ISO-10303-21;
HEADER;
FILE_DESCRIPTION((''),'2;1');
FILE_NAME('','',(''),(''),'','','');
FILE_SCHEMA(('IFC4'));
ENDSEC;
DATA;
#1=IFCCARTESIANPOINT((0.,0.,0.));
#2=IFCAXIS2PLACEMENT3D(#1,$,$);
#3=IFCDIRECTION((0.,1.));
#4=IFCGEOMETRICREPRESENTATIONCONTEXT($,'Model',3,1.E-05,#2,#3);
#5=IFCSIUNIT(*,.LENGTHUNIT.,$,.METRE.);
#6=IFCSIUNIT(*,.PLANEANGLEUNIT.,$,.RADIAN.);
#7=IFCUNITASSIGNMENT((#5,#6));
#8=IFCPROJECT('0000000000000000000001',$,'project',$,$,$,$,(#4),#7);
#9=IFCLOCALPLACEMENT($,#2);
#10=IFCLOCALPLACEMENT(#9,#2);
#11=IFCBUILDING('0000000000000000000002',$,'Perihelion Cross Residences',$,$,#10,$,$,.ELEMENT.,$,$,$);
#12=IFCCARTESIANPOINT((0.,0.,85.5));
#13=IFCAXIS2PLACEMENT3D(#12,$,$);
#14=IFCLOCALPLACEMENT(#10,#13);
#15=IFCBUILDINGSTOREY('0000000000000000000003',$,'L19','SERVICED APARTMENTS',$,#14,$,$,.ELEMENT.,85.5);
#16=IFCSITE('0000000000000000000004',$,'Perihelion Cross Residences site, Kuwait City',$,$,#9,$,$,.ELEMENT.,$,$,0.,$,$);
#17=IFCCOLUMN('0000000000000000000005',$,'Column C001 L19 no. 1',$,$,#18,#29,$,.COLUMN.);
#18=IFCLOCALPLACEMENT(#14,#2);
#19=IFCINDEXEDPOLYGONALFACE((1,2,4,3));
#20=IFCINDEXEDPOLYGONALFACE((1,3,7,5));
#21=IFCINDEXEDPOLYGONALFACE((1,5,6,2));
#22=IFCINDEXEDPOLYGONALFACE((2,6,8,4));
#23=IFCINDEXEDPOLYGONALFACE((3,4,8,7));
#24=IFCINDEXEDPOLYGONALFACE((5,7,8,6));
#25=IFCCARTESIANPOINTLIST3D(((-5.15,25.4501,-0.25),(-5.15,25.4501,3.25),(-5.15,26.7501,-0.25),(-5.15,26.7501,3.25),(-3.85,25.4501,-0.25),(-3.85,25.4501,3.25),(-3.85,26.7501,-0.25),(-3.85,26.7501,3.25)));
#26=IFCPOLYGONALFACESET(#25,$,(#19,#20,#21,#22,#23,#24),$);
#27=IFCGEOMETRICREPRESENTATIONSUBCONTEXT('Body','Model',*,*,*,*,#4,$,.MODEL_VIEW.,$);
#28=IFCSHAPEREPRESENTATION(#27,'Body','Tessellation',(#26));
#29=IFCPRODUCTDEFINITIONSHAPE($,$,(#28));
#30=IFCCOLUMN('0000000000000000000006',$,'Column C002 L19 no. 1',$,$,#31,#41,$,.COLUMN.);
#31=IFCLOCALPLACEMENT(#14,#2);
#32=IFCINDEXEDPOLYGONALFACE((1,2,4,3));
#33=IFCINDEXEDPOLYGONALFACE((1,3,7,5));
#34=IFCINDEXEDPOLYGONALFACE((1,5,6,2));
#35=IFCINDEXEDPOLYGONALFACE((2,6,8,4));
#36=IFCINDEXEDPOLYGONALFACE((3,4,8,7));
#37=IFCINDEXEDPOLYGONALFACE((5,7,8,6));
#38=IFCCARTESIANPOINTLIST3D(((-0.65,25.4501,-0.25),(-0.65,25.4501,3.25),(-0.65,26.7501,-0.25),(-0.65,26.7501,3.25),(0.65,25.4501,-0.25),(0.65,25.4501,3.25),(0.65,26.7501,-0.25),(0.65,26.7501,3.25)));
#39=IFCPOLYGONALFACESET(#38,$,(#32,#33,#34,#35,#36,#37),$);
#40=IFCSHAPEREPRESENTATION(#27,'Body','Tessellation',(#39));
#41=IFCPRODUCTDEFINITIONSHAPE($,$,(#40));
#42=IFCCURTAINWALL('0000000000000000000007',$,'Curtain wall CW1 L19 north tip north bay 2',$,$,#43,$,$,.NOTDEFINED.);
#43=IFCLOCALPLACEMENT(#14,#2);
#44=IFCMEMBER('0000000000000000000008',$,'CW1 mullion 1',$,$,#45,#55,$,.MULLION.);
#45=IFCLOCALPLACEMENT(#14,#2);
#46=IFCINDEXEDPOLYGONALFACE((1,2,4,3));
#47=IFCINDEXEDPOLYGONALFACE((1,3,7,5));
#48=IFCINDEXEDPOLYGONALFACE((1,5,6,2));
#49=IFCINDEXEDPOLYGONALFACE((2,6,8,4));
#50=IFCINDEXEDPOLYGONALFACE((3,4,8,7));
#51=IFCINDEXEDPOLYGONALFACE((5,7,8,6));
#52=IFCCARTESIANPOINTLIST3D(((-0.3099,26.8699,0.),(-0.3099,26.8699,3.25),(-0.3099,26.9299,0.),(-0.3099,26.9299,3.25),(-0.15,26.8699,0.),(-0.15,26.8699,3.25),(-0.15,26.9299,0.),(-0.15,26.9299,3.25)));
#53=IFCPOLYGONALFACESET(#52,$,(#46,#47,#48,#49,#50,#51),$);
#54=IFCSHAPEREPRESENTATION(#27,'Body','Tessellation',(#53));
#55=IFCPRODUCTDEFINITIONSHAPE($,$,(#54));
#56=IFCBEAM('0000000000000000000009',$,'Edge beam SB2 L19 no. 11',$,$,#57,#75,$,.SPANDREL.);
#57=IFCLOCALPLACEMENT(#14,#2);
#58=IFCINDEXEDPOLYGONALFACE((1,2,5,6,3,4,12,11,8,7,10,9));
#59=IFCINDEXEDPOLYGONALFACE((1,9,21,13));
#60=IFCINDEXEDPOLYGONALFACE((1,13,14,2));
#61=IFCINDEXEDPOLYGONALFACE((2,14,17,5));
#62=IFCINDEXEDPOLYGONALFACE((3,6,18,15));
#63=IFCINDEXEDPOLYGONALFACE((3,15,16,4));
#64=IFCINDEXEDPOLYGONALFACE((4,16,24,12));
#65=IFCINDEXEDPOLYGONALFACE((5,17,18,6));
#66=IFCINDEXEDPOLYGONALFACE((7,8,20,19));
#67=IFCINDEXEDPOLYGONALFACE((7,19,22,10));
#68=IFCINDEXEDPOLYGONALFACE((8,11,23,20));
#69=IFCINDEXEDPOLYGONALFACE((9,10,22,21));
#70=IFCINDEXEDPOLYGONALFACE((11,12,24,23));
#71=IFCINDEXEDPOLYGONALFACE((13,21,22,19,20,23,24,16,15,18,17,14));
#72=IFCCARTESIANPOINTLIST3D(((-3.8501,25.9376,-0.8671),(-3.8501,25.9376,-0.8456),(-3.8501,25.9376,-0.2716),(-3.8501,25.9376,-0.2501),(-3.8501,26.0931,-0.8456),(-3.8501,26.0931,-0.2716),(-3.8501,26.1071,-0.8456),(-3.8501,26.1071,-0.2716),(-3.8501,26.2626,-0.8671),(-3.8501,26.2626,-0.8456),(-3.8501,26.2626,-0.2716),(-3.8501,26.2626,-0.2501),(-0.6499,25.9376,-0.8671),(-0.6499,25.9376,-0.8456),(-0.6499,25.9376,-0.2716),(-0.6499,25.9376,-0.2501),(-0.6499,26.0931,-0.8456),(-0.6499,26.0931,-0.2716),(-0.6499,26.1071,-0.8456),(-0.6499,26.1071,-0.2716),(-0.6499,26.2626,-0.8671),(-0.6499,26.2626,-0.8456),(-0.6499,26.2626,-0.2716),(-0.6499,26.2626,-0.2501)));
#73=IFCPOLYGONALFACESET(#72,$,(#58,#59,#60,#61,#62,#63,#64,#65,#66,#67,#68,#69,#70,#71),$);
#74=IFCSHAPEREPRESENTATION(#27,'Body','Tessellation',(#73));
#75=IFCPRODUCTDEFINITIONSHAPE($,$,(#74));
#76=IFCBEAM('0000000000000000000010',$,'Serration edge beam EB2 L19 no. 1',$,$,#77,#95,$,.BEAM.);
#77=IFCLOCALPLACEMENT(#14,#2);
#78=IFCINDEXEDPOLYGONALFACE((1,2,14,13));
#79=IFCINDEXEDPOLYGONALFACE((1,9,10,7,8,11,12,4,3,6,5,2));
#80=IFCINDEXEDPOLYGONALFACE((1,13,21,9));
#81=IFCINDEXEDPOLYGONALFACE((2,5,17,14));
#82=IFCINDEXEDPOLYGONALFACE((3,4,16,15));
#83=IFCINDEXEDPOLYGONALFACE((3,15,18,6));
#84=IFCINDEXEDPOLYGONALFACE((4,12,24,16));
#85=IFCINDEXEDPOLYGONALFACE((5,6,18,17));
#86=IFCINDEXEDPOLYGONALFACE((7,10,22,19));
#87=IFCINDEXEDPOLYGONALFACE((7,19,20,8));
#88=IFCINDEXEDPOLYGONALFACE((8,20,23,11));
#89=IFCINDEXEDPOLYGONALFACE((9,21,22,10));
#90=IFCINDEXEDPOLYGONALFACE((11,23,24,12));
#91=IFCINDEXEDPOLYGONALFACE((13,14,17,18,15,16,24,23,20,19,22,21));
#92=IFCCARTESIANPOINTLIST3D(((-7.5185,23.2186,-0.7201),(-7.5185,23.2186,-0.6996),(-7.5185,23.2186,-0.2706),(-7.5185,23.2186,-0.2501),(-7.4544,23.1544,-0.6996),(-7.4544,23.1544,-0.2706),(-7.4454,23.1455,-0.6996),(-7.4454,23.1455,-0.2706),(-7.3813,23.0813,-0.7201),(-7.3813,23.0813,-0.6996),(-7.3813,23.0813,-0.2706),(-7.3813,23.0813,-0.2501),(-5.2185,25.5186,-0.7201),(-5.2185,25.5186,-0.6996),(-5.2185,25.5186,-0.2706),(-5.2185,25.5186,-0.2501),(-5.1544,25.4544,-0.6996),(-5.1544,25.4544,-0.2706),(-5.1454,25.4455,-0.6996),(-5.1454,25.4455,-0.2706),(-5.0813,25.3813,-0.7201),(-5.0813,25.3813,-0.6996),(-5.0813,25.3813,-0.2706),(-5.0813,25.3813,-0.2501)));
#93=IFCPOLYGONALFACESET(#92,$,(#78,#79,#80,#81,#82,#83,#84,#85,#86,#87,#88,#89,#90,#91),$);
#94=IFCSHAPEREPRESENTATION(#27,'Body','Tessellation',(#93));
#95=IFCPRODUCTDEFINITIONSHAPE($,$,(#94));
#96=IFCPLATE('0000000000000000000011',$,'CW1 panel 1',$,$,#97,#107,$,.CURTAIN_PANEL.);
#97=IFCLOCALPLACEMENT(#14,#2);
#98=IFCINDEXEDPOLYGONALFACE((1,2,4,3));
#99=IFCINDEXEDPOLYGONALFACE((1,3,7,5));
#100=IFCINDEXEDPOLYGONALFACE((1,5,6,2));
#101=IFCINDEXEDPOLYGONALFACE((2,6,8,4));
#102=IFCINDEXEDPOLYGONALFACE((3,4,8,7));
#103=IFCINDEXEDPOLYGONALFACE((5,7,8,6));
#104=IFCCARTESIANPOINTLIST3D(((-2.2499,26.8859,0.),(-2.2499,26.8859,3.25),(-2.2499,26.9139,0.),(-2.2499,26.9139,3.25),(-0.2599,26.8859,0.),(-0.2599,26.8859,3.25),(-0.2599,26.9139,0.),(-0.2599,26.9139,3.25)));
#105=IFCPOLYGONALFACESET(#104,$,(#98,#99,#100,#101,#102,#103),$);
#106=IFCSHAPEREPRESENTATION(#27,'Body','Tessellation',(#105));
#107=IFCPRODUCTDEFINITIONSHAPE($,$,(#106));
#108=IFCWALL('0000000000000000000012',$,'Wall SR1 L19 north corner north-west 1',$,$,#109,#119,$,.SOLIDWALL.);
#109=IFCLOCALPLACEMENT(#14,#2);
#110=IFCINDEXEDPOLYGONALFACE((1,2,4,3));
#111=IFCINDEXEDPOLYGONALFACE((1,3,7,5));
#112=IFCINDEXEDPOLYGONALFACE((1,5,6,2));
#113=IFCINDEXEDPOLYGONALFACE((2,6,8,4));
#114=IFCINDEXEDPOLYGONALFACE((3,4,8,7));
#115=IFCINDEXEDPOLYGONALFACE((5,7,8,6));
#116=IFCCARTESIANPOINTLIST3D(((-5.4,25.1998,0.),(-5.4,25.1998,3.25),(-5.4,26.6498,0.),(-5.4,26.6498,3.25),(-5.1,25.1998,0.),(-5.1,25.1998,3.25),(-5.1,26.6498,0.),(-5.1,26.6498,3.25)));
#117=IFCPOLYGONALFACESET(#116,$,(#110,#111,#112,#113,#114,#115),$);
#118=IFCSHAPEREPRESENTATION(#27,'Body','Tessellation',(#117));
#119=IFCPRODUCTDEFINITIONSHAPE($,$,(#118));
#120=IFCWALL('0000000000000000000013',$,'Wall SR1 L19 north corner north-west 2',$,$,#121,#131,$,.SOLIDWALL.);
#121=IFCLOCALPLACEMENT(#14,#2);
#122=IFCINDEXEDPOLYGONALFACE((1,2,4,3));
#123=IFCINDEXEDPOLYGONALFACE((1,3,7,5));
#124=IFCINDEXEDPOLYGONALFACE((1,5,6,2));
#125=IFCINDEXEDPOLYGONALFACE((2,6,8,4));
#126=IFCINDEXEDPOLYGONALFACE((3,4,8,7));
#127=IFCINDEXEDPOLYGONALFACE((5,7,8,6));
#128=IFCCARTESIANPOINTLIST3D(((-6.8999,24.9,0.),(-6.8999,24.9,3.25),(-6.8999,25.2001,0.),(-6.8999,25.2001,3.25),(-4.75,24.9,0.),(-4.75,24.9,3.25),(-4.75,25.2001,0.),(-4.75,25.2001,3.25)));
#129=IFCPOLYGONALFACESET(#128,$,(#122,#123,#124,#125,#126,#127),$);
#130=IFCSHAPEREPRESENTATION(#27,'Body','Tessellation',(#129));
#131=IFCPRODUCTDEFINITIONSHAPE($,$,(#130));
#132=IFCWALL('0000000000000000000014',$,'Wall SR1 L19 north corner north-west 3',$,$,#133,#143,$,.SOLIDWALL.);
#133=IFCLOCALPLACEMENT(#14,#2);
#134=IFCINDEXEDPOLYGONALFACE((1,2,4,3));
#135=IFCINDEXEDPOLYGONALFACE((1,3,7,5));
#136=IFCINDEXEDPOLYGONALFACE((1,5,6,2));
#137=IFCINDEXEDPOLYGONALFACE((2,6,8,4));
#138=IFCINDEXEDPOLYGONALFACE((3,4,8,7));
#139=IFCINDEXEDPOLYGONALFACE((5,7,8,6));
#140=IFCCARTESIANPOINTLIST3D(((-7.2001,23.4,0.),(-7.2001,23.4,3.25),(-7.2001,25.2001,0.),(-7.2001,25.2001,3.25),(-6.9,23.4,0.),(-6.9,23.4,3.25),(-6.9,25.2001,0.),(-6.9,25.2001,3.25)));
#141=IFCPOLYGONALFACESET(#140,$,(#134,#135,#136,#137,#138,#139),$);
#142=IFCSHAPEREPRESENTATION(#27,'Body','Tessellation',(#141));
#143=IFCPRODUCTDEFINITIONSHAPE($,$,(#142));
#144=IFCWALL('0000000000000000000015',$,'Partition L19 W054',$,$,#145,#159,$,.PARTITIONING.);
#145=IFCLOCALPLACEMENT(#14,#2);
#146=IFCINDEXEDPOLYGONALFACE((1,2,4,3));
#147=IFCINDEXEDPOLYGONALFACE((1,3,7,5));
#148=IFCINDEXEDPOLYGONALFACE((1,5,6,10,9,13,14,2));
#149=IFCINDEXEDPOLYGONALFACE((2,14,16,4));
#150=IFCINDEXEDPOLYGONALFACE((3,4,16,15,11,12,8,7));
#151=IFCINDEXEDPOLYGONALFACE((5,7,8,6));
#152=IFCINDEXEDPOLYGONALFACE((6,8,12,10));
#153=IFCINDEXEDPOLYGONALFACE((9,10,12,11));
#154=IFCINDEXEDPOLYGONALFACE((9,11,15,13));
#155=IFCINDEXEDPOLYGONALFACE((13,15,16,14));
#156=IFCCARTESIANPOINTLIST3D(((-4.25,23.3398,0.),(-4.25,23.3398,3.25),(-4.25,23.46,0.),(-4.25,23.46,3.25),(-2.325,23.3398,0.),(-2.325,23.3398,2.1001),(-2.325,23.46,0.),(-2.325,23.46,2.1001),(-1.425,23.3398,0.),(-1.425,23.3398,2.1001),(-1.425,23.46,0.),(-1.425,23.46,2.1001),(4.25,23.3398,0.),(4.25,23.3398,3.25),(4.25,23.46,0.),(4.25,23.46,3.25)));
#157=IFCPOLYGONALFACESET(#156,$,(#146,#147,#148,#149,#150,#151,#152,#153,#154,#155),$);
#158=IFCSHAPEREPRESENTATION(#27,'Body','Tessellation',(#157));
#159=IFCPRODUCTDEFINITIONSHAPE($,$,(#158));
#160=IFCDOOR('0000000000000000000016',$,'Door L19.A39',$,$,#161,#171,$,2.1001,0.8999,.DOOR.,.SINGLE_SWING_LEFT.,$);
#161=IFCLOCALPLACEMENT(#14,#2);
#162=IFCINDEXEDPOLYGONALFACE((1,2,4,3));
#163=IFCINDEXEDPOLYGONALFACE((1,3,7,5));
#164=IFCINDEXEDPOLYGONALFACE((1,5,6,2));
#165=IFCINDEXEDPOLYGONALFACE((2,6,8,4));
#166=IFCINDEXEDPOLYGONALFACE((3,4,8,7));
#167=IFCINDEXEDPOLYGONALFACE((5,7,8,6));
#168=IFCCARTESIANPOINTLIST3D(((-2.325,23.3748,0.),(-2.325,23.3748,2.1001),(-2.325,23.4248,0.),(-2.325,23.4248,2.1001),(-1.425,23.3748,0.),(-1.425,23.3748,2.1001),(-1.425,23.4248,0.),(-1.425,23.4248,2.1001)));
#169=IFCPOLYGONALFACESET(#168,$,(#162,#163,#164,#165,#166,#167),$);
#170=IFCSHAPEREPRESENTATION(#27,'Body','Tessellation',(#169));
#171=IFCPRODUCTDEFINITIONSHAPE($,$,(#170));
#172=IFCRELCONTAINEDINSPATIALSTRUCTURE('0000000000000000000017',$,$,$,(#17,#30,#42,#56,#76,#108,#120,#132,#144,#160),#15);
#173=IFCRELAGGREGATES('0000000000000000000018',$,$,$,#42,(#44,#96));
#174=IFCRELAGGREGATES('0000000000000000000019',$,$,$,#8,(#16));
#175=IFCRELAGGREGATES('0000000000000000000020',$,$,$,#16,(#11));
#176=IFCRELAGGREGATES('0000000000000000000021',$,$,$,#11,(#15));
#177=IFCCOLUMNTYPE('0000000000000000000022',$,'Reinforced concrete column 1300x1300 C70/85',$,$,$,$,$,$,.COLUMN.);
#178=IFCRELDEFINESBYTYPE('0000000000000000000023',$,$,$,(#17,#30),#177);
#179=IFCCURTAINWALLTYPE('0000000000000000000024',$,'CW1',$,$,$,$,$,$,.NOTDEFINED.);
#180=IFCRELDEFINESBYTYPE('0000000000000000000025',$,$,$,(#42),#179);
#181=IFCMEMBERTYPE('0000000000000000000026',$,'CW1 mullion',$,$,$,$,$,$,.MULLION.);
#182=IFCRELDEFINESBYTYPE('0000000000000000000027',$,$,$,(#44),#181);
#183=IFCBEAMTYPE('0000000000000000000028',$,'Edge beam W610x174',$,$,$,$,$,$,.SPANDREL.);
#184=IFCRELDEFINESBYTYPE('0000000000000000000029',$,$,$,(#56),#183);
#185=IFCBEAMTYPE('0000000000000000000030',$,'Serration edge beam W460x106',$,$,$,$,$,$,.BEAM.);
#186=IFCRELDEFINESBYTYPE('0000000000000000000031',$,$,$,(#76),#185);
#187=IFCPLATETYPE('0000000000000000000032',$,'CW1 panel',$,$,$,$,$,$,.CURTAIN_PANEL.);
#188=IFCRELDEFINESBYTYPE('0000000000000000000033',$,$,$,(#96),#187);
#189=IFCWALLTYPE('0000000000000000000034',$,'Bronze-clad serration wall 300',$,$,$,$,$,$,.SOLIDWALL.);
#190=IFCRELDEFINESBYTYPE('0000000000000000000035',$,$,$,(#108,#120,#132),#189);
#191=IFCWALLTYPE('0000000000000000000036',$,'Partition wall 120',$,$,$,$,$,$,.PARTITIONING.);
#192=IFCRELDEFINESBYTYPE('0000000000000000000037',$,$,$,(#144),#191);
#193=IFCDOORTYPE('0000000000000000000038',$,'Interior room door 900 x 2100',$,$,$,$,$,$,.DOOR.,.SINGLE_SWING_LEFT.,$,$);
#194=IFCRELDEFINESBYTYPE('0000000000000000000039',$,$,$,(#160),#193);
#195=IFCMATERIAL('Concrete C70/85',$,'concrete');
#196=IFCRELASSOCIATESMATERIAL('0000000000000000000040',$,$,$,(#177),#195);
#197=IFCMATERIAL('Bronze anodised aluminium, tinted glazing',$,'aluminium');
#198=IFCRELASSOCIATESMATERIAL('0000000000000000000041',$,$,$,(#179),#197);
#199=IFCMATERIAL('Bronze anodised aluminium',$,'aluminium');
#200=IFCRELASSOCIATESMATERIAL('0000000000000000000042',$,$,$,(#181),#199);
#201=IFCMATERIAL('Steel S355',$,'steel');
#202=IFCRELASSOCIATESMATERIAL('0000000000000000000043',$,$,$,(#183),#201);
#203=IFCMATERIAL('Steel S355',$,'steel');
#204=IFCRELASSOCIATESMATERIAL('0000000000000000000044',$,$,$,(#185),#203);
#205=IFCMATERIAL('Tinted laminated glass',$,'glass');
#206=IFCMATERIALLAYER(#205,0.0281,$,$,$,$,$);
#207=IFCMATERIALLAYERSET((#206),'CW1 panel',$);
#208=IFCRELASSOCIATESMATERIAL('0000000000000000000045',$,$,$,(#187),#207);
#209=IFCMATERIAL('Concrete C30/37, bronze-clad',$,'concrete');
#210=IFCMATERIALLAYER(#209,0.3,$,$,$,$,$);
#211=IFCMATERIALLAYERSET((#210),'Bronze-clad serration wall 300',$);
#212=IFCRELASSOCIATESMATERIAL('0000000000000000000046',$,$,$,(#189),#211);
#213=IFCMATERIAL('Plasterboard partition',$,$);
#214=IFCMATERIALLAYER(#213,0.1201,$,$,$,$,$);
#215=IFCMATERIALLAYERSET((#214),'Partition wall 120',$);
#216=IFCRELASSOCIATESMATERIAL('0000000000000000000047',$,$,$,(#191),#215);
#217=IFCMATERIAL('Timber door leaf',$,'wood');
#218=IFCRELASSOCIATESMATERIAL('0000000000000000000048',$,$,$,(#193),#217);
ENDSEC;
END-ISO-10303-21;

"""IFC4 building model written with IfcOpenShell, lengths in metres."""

from ifc_helpers import new_model, si_unit, direction, frame, frame_2d, origin, origin_2d, place, context, subcontext, project, spatial, rectangle, i_section, extrude, material, layer, layer_set, material_profile, profile_set, type_object, element, fill, aggregate, save


model = new_model("IFC4")

# Units and contexts
model_context = context("Model", 3, precision=1e-05, world=origin(), true_north=direction((0.0, 1.0)))
body_context = subcontext(model_context, "Body", "Model", "MODEL_VIEW")
ifc_project = project(units=[si_unit("LENGTHUNIT", "METRE"), si_unit("PLANEANGLEUNIT", "RADIAN")], contexts=[model_context])

# Site, building, storey
site_placement = place(None, origin())
site = spatial("IfcSite", under=ifc_project, at=site_placement, Name="Perihelion Cross Residences site, Kuwait City", CompositionType="ELEMENT", RefElevation=0.0)
building_placement = place(site_placement, origin())
building = spatial("IfcBuilding", under=site, at=building_placement, Name="Perihelion Cross Residences", CompositionType="ELEMENT")
storey_placement = place(building_placement, frame((0.0, 0.0, 85.5)))
storey = spatial("IfcBuildingStorey", under=building, at=storey_placement, Name="L19", Description="SERVICED APARTMENTS", CompositionType="ELEMENT", Elevation=85.5)

# Columns
ifc_material_1 = material(Name="Concrete C70/85", Category="concrete")
ifc_material_profile_1 = material_profile(ifc_material_1, rectangle(XDim=1.3, YDim=1.3, at=origin_2d()), Name="RC 1300x1300")
ifc_profile_set_1 = profile_set([ifc_material_profile_1], Name="Concrete C70/85")
column_type = type_object("IfcColumnType", Name="Reinforced concrete column 1300x1300 C70/85", PredefinedType="COLUMN", material=ifc_profile_set_1)
for number, where, z_axis, x_axis, name in (
    (1, (-4.5, 26.1001, -0.25), (0.0, 0.0, 1.0), (1.0, 0.0, 0.0), "Column C001 L19 no. 1"),
    (2, (0.0, 26.1001, -0.25), (0.0, 0.0, 1.0), (1.0, 0.0, 0.0), "Column C002 L19 no. 1"),
):
    element("IfcColumn", number, at=place(storey_placement, frame(where, z_axis=z_axis, x_axis=x_axis)), inside=storey, type_object=column_type, Name=name, PredefinedType="COLUMN", context=body_context, shape_type="SweptSolid", body=[
        extrude(rectangle(XDim=1.3, YDim=1.3, at=origin_2d()), origin(), (0.0, 0.0, 1.0), 3.5),
    ])

# Curtain wall, member
ifc_material_2 = material(Name="Bronze anodised aluminium, tinted glazing", Category="aluminium")
curtain_wall_type = type_object("IfcCurtainWallType", Name="CW1", PredefinedType="NOTDEFINED", material=ifc_material_2)
curtain_wall_placement = place(storey_placement, origin())
curtain_wall = element("IfcCurtainWall", 3, at=curtain_wall_placement, inside=storey, type_object=curtain_wall_type, Name="Curtain wall CW1 L19 north tip north bay 2", PredefinedType="NOTDEFINED")
ifc_material_3 = material(Name="Bronze anodised aluminium", Category="aluminium")
ifc_material_profile_2 = material_profile(ifc_material_3, rectangle(XDim=0.0601, YDim=0.1599, at=origin_2d()), Name="CW1 mullion")
ifc_profile_set_2 = profile_set([ifc_material_profile_2], Name="Bronze anodised aluminium")
member_type = type_object("IfcMemberType", Name="CW1 mullion", PredefinedType="MULLION", material=ifc_profile_set_2)
member_placement = place(storey_placement, frame((-0.23, 26.8999, 0.0), z_axis=(0.0, 0.0, 1.0), x_axis=(0.0, -1.0, 0.0)))
member = element("IfcMember", 4, at=member_placement, type_object=member_type, Name="CW1 mullion 1", PredefinedType="MULLION", context=body_context, shape_type="SweptSolid", body=[
    extrude(rectangle(XDim=0.0601, YDim=0.1599, at=origin_2d()), origin(), (0.0, 0.0, 1.0), 3.25),
])

# Beams
ifc_material_4 = material(Name="Steel S355", Category="steel")
ifc_material_profile_3 = material_profile(ifc_material_4, i_section(OverallWidth=0.325, OverallDepth=0.6169, WebThickness=0.0139, FlangeThickness=0.0215, at=origin_2d()), Name="W610x174")
ifc_profile_set_3 = profile_set([ifc_material_profile_3], Name="Steel S355")
beam_type_1 = type_object("IfcBeamType", Name="Edge beam W610x174", PredefinedType="SPANDREL", material=ifc_profile_set_3)
beam_1_placement = place(storey_placement, frame((-0.6499, 26.1001, -0.5586), z_axis=(-1.0, 0.0, 0.0), x_axis=(0.0, -1.0, 0.0)))
element("IfcBeam", 5, at=beam_1_placement, inside=storey, type_object=beam_type_1, Name="Edge beam SB2 L19 no. 11", PredefinedType="SPANDREL", context=body_context, shape_type="SweptSolid", body=[
    extrude(i_section(OverallWidth=0.325, OverallDepth=0.6169, WebThickness=0.0139, FlangeThickness=0.0215, at=origin_2d()), origin(), (0.0, 0.0, 1.0), 3.2002),
])
ifc_material_5 = material(Name="Steel S355", Category="steel")
ifc_material_profile_4 = material_profile(ifc_material_5, i_section(OverallWidth=0.1941, OverallDepth=0.47, WebThickness=0.0127, FlangeThickness=0.0205, at=origin_2d()), Name="W460x106")
ifc_profile_set_4 = profile_set([ifc_material_profile_4], Name="Steel S355")
beam_type_2 = type_object("IfcBeamType", Name="Serration edge beam W460x106", PredefinedType="BEAM", material=ifc_profile_set_4)
beam_2_placement = place(storey_placement, frame((-5.1499, 25.45, -0.4851), z_axis=(-0.707107, -0.707107, 0.0), x_axis=(0.707107, -0.707107, 0.0)))
element("IfcBeam", 6, at=beam_2_placement, inside=storey, type_object=beam_type_2, Name="Serration edge beam EB2 L19 no. 1", PredefinedType="BEAM", context=body_context, shape_type="SweptSolid", body=[
    extrude(i_section(OverallWidth=0.1941, OverallDepth=0.47, WebThickness=0.0127, FlangeThickness=0.0205, at=origin_2d()), origin(), (0.0, 0.0, 1.0), 3.2527),
])

# Plate
ifc_material_6 = material(Name="Tinted laminated glass", Category="glass")
ifc_layer_1 = layer(ifc_material_6, 0.0281)
ifc_layer_set_1 = layer_set([ifc_layer_1], Name="CW1 panel")
plate_type = type_object("IfcPlateType", Name="CW1 panel", PredefinedType="CURTAIN_PANEL", material=ifc_layer_set_1)
plate_placement = place(storey_placement, frame((-1.2549, 26.8999, 0.0), z_axis=(0.0, 0.0, 1.0), x_axis=(-1.0, 0.0, 0.0)))
plate = element("IfcPlate", 7, at=plate_placement, type_object=plate_type, Name="CW1 panel 1", PredefinedType="CURTAIN_PANEL", context=body_context, shape_type="SweptSolid", body=[
    extrude(rectangle(XDim=1.99, YDim=0.0281, at=origin_2d()), origin(), (0.0, 0.0, 1.0), 3.25),
])
aggregate(curtain_wall, [member, plate])

# Walls
ifc_material_7 = material(Name="Concrete C30/37, bronze-clad", Category="concrete")
ifc_layer_2 = layer(ifc_material_7, 0.3)
ifc_layer_set_2 = layer_set([ifc_layer_2], Name="Bronze-clad serration wall 300")
wall_type_1 = type_object("IfcWallType", Name="Bronze-clad serration wall 300", PredefinedType="SOLIDWALL", material=ifc_layer_set_2)
wall_1_placement = place(storey_placement, frame((-5.25, 26.6499, 0.0), z_axis=(0.0, 0.0, 1.0), x_axis=(0.0, -1.0, 0.0)))
element("IfcWall", 8, at=wall_1_placement, inside=storey, type_object=wall_type_1, Name="Wall SR1 L19 north corner north-west 1", PredefinedType="SOLIDWALL", context=body_context, shape_type="SweptSolid", body=[
    extrude(rectangle(XDim=1.45, YDim=0.3, at=frame_2d((0.7251, 0.0))), origin(), (0.0, 0.0, 1.0), 3.25),
])
wall_2_placement = place(storey_placement, frame((-4.75, 25.05, 0.0), z_axis=(0.0, 0.0, 1.0), x_axis=(-1.0, 0.0, 0.0)))
element("IfcWall", 9, at=wall_2_placement, inside=storey, type_object=wall_type_1, Name="Wall SR1 L19 north corner north-west 2", PredefinedType="SOLIDWALL", context=body_context, shape_type="SweptSolid", body=[
    extrude(rectangle(XDim=2.1499, YDim=0.3, at=frame_2d((1.075, 0.0))), origin(), (0.0, 0.0, 1.0), 3.25),
])
wall_3_placement = place(storey_placement, frame((-7.05, 25.2, 0.0), z_axis=(0.0, 0.0, 1.0), x_axis=(0.0, -1.0, 0.0)))
element("IfcWall", 10, at=wall_3_placement, inside=storey, type_object=wall_type_1, Name="Wall SR1 L19 north corner north-west 3", PredefinedType="SOLIDWALL", context=body_context, shape_type="SweptSolid", body=[
    extrude(rectangle(XDim=1.8, YDim=0.3, at=frame_2d((0.8999, 0.0))), origin(), (0.0, 0.0, 1.0), 3.25),
])

# Wall, opening, door
ifc_material_8 = material(Name="Plasterboard partition")
ifc_layer_3 = layer(ifc_material_8, 0.1201)
ifc_layer_set_3 = layer_set([ifc_layer_3], Name="Partition wall 120")
wall_type_2 = type_object("IfcWallType", Name="Partition wall 120", PredefinedType="PARTITIONING", material=ifc_layer_set_3)
wall_4_placement = place(storey_placement, frame((-4.25, 23.3999, 0.0), z_axis=(0.0, 0.0, 1.0), x_axis=(1.0, 0.0, 0.0)))
wall_4 = element("IfcWall", 11, at=wall_4_placement, inside=storey, type_object=wall_type_2, Name="Partition L19 W054", PredefinedType="PARTITIONING", context=body_context, shape_type="SweptSolid", body=[
    extrude(rectangle(XDim=8.5, YDim=0.1201, at=frame_2d((4.25, 0.0))), origin(), (0.0, 0.0, 1.0), 3.25),
])
opening_1_placement = place(wall_4_placement, frame((1.925, 0.0, 0.0)))
opening_1 = element("IfcOpeningElement", 12, at=opening_1_placement, cuts=wall_4, PredefinedType="OPENING", context=body_context, shape_type="SweptSolid", body=[
    extrude(rectangle(XDim=0.8999, YDim=2.1001, at=frame_2d((0.45, 1.05))), frame((0.0, 0.0701, 0.0), z_axis=(0.0, -1.0, 0.0), x_axis=(1.0, 0.0, 0.0)), (0.0, 0.0, 1.0), 0.1401),
])
ifc_material_9 = material(Name="Timber door leaf", Category="wood")
door_type_1 = type_object("IfcDoorType", Name="Interior room door 900 x 2100", OperationType="SINGLE_SWING_LEFT", PredefinedType="DOOR", material=ifc_material_9)
door_1_placement = place(opening_1_placement, origin())
door_1 = element("IfcDoor", 13, at=door_1_placement, inside=storey, type_object=door_type_1, Name="Door L19.A39", OperationType="SINGLE_SWING_LEFT", OverallHeight=2.1001, OverallWidth=0.8999, PredefinedType="DOOR", context=body_context, shape_type="SweptSolid", body=[
    extrude(rectangle(XDim=0.8999, YDim=2.1001, at=frame_2d((0.45, 1.05))), frame((0.0, 0.0249, 0.0), z_axis=(0.0, -1.0, 0.0), x_axis=(1.0, 0.0, 0.0)), (0.0, 0.0, 1.0), 0.05),
])
fill(opening_1, door_1)

save(model, "model.ifc")
